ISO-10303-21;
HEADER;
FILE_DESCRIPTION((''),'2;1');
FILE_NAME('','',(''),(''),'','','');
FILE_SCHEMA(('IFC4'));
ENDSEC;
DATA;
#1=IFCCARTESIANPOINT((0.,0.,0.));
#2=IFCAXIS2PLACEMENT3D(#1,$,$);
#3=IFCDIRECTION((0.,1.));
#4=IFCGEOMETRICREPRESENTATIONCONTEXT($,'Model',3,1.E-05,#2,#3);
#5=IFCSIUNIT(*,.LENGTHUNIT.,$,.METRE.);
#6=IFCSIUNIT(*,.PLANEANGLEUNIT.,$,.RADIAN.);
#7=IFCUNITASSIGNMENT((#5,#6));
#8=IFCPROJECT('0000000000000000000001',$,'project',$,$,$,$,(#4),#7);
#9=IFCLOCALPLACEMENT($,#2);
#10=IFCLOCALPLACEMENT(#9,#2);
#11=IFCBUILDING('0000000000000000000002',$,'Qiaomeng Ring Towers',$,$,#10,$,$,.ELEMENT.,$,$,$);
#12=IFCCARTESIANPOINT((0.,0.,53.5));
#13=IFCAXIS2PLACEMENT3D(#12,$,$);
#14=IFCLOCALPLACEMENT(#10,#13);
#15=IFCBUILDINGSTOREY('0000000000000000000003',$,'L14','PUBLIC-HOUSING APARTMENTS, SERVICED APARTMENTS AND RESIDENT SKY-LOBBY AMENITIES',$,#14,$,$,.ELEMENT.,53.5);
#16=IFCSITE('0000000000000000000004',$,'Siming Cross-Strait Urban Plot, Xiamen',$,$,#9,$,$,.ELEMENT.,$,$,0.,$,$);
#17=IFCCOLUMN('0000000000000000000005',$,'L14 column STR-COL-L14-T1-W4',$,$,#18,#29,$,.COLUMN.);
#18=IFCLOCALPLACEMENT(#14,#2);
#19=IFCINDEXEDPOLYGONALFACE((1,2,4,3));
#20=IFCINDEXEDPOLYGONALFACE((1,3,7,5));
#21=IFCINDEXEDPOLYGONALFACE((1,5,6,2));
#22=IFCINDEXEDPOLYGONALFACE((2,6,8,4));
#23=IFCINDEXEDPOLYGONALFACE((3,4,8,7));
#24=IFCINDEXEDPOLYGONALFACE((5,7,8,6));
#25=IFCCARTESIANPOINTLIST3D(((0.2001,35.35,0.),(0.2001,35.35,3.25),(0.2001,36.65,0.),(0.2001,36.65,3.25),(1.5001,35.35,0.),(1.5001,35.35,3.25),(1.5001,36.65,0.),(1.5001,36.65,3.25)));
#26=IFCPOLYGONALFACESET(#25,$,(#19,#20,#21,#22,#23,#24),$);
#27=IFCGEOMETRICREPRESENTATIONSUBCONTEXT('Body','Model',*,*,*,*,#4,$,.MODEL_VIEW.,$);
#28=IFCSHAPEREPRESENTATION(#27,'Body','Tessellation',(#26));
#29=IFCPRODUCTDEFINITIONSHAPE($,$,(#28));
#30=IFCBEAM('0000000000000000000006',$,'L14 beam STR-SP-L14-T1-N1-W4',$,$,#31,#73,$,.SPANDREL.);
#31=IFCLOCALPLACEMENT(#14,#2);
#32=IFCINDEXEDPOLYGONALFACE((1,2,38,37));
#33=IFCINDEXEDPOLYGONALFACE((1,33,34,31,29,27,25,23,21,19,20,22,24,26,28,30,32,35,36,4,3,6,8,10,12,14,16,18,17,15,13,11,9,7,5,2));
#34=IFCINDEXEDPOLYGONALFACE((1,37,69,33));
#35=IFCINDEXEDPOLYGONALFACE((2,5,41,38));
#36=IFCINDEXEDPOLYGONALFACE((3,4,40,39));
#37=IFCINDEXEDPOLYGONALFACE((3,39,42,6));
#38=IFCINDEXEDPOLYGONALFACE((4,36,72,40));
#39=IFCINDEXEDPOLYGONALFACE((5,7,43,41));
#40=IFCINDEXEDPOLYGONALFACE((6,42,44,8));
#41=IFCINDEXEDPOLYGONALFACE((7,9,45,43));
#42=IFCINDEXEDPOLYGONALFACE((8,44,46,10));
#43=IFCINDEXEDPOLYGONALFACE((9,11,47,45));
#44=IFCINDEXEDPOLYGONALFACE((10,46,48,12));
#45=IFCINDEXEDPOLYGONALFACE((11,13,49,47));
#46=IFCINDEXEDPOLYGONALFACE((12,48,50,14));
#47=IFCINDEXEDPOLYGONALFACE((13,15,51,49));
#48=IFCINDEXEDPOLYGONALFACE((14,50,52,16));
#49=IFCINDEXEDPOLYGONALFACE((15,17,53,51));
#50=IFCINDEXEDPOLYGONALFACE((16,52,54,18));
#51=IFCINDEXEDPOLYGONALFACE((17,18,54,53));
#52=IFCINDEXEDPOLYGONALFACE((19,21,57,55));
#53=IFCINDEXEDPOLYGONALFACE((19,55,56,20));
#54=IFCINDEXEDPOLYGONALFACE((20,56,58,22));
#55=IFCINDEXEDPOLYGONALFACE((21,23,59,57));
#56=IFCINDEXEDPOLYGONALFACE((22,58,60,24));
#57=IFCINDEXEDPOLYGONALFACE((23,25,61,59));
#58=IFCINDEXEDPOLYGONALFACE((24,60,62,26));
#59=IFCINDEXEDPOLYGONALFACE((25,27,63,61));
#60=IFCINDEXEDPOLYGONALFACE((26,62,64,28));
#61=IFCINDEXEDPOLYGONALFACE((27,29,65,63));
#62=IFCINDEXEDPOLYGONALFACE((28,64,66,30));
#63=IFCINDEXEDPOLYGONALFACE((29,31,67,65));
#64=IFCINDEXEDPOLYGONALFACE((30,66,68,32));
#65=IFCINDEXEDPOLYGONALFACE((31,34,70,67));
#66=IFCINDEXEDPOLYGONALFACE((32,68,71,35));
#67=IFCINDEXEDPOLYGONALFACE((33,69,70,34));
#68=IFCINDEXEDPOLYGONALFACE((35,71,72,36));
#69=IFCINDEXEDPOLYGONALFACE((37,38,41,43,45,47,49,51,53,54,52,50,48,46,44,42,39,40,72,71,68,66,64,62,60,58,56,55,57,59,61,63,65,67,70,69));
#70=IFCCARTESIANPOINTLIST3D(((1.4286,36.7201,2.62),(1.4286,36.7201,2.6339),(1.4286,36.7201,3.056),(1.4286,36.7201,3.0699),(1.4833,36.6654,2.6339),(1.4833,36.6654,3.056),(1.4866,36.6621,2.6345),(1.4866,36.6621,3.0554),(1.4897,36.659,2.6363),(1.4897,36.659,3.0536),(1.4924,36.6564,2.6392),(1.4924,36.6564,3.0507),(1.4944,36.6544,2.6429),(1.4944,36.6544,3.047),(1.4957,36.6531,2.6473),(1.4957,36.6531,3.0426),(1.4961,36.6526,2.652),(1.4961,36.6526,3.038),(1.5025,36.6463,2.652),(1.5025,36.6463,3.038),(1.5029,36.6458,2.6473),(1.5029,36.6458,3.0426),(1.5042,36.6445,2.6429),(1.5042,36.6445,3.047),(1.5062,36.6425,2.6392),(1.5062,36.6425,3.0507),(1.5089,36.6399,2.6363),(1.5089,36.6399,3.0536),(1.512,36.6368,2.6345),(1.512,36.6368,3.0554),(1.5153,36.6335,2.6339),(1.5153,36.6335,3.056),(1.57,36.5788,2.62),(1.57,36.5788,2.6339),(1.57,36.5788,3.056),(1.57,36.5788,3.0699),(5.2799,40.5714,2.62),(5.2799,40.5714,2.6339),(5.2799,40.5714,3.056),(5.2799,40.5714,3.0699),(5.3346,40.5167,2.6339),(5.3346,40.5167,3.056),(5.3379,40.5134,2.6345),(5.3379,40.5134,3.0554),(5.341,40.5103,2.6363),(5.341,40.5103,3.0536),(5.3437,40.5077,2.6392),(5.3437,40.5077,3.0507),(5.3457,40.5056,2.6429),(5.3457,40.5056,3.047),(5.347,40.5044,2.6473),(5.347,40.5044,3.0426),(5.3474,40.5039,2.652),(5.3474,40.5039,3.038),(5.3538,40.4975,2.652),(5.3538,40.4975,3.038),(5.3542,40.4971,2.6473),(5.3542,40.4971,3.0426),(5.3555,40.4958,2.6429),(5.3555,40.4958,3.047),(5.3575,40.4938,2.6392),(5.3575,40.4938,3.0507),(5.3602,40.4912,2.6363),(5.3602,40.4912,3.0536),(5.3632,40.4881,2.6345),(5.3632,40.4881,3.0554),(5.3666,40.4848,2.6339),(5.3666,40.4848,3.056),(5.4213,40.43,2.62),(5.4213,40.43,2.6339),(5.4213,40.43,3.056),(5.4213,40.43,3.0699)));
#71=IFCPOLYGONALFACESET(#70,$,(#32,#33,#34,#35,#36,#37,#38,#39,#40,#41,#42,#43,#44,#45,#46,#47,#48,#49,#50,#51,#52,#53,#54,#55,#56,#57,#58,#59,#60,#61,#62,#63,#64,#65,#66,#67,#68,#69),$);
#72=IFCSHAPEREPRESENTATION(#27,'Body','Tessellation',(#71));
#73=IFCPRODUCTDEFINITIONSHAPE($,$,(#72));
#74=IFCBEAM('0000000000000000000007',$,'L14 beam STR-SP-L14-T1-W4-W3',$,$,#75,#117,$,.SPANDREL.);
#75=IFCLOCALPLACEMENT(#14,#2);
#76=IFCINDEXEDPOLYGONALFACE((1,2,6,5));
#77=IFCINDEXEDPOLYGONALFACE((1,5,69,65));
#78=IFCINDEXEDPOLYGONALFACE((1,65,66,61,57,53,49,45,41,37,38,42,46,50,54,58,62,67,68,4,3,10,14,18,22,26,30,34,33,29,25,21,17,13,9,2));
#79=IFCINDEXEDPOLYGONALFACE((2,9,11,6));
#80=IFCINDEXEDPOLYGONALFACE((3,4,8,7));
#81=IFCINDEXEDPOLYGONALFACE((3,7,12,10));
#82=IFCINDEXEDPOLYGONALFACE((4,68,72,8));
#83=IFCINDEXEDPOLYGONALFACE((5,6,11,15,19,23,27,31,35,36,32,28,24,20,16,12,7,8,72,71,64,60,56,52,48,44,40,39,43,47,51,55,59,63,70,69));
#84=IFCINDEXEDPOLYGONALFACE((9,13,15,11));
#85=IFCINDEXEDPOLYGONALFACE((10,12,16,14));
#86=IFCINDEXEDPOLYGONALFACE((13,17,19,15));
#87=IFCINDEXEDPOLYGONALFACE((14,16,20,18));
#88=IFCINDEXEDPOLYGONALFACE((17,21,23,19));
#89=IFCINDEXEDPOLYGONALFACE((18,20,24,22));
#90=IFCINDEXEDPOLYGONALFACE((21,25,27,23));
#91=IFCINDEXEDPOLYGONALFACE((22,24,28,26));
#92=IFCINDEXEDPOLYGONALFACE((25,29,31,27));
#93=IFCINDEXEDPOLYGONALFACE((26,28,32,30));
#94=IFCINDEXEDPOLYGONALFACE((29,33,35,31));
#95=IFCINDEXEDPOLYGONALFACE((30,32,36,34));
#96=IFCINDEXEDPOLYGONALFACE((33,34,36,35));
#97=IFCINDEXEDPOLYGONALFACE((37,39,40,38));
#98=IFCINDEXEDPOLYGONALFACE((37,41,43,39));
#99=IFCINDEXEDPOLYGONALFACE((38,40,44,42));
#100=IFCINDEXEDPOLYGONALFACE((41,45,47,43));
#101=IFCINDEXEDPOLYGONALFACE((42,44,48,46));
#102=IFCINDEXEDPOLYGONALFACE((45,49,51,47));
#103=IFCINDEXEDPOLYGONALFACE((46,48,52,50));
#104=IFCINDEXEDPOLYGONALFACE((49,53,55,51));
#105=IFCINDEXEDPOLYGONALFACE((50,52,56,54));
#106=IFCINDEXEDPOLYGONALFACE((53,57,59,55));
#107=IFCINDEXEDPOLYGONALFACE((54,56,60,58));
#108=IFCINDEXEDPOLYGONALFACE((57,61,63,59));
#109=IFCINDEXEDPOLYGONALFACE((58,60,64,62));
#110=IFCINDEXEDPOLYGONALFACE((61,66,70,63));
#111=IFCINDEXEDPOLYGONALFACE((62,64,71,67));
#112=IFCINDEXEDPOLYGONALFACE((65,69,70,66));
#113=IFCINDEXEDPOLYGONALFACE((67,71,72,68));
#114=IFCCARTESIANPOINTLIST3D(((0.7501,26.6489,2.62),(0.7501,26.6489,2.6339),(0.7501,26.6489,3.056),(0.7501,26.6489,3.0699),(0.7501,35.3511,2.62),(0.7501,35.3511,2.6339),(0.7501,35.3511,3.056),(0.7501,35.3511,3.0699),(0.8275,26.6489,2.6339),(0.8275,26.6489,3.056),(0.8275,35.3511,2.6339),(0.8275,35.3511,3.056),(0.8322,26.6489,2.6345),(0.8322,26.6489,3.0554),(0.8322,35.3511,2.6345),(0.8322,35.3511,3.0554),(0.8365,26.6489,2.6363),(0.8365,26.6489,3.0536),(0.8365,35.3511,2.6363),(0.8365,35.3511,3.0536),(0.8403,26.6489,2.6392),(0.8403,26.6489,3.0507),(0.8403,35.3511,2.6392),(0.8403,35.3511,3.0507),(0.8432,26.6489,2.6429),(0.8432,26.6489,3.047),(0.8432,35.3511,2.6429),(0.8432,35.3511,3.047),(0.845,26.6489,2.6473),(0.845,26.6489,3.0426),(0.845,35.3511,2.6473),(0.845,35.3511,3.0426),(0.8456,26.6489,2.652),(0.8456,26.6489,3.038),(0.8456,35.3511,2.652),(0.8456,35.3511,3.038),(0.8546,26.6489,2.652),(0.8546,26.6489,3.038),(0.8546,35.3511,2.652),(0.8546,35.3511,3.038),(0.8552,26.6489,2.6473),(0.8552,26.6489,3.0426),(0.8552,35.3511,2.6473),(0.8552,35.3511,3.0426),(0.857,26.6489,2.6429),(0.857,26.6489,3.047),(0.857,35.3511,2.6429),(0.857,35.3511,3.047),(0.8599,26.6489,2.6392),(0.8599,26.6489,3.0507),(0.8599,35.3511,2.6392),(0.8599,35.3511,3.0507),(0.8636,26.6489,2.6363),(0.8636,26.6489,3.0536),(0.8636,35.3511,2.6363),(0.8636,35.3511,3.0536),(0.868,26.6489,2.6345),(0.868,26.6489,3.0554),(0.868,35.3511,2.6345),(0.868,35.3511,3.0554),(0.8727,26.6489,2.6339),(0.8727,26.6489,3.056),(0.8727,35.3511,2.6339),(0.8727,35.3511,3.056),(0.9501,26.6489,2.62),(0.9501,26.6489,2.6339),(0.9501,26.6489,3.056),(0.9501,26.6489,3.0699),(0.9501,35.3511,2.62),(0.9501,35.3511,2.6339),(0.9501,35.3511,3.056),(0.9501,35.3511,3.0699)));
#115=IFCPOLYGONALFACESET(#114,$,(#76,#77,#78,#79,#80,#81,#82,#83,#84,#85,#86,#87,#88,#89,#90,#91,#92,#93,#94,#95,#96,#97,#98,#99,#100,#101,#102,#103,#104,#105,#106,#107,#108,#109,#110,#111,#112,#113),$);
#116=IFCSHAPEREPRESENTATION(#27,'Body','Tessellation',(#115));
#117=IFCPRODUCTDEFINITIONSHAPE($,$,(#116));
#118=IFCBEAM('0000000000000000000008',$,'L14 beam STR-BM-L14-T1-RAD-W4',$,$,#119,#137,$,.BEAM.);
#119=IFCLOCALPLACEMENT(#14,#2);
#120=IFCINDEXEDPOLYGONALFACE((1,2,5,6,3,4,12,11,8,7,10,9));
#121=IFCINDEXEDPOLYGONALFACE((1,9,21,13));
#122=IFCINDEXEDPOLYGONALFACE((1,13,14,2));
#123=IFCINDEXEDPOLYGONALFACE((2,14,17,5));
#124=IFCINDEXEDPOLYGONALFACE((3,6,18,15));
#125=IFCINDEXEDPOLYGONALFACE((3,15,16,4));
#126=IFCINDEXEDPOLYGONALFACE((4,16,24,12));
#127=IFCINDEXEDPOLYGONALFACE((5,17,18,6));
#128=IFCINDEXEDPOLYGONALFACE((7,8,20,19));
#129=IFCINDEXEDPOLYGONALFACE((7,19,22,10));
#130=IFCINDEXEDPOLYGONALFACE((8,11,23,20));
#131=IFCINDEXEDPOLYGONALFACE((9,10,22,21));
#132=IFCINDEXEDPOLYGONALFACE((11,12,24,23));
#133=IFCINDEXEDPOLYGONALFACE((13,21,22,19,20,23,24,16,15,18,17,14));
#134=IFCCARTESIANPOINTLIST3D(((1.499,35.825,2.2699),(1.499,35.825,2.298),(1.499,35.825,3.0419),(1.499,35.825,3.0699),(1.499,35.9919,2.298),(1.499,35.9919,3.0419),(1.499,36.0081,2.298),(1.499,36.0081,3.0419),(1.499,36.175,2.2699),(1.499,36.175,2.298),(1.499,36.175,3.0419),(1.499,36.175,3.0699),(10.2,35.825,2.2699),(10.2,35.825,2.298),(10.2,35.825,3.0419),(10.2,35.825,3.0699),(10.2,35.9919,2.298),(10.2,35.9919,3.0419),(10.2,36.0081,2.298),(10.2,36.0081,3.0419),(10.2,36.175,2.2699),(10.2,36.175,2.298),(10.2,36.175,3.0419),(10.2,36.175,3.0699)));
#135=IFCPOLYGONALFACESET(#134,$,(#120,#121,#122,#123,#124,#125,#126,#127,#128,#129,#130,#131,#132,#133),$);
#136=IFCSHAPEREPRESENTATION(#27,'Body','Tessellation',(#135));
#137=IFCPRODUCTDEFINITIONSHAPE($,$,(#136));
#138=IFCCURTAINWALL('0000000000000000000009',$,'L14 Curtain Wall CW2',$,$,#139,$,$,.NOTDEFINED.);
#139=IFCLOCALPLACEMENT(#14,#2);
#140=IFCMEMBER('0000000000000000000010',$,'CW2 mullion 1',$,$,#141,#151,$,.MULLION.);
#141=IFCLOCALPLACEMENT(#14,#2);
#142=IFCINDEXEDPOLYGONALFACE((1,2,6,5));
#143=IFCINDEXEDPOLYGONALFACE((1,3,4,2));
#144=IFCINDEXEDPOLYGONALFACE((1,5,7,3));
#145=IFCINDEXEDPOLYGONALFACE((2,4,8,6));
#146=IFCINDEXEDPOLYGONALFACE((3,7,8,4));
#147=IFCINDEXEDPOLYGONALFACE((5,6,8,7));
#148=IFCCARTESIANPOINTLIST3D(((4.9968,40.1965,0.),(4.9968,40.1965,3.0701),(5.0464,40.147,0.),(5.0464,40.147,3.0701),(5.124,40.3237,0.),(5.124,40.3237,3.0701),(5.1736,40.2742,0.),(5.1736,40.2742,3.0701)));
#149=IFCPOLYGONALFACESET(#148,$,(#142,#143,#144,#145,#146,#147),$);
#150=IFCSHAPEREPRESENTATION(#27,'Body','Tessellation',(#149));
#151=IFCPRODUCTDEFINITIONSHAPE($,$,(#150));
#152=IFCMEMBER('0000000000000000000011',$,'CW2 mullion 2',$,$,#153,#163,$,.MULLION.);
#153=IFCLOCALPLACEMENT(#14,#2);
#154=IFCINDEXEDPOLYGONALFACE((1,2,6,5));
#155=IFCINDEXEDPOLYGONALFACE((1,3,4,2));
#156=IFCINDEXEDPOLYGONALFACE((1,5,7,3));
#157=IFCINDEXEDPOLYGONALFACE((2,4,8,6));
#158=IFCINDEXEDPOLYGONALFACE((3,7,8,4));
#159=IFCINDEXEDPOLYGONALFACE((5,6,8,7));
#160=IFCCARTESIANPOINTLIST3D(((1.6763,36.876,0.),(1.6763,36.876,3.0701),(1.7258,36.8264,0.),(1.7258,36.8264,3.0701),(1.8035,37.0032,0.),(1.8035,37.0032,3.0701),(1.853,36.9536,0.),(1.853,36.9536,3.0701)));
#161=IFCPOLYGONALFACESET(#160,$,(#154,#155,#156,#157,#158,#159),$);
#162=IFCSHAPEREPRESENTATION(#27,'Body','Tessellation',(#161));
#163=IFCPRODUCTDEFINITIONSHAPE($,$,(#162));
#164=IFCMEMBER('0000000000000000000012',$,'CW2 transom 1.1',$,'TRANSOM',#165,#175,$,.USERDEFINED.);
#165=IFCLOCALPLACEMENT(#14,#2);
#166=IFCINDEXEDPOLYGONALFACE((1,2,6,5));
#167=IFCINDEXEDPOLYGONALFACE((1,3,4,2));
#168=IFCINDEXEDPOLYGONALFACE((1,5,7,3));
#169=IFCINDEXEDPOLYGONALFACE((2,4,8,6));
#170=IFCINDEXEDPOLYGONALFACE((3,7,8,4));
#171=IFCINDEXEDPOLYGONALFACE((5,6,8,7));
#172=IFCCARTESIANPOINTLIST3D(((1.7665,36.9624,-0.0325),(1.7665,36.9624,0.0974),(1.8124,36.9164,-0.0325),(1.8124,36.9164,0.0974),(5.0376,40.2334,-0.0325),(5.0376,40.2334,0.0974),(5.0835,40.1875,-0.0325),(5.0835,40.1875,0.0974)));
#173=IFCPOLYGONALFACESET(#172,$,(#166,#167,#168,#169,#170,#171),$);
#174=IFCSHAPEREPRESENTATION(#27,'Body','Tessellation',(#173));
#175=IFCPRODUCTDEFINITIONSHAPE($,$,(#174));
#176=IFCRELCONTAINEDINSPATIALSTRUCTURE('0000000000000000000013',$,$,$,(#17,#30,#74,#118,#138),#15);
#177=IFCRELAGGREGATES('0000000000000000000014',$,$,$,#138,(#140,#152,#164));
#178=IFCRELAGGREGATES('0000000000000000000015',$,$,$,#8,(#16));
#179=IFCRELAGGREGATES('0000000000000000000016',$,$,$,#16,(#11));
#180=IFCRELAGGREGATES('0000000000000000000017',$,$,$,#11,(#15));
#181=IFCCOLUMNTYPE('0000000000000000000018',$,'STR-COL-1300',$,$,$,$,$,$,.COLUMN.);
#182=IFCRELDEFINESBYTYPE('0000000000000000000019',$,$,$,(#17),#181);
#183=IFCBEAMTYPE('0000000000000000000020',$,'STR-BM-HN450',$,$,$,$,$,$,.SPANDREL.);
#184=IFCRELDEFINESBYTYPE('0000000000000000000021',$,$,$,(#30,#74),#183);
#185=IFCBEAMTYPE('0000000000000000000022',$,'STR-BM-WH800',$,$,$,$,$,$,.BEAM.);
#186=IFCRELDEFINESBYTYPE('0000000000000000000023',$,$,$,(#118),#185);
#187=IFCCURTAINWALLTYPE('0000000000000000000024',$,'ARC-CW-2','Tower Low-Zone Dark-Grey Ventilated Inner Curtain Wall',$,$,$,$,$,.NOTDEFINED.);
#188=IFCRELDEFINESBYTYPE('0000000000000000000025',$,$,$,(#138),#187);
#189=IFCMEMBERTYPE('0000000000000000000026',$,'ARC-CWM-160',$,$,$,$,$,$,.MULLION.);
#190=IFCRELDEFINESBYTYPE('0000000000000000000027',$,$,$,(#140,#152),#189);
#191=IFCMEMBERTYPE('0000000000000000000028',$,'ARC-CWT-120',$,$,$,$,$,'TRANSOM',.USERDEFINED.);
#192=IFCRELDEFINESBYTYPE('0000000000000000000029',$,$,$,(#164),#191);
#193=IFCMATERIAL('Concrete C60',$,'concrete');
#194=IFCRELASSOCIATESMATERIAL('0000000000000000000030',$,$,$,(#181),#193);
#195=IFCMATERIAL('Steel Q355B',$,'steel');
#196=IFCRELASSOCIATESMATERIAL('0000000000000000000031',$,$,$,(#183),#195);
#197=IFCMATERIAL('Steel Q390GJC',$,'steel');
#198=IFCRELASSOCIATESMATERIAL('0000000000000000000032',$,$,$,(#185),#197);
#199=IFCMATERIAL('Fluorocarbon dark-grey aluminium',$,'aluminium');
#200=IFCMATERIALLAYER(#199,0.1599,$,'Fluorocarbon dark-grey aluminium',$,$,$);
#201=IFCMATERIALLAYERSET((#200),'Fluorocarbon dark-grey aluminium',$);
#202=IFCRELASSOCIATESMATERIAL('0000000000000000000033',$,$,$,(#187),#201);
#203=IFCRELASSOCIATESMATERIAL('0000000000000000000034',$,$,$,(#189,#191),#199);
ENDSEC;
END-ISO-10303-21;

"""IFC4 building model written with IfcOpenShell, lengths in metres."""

from ifc_helpers import new_model, si_unit, direction, frame, origin, origin_2d, place, context, subcontext, project, spatial, rectangle, i_section, extrude, source, transform, mapped, material, layer, layer_set, material_profile, profile_set, type_object, element, aggregate, save


model = new_model("IFC4")

# Units and contexts
model_context = context("Model", 3, precision=1e-05, world=origin(), true_north=direction((0.0, 1.0)))
body_context = subcontext(model_context, "Body", "Model", "MODEL_VIEW")
ifc_project = project(units=[si_unit("LENGTHUNIT", "METRE"), si_unit("PLANEANGLEUNIT", "RADIAN")], contexts=[model_context])

# Site, building, storey
site_placement = place(None, origin())
site = spatial("IfcSite", under=ifc_project, at=site_placement, Name="Siming Cross-Strait Urban Plot, Xiamen", CompositionType="ELEMENT", RefElevation=0.0)
building_placement = place(site_placement, origin())
building = spatial("IfcBuilding", under=site, at=building_placement, Name="Qiaomeng Ring Towers", CompositionType="ELEMENT")
storey_placement = place(building_placement, frame((0.0, 0.0, 53.5)))
storey = spatial("IfcBuildingStorey", under=building, at=storey_placement, Name="L14", Description="PUBLIC-HOUSING APARTMENTS, SERVICED APARTMENTS AND RESIDENT SKY-LOBBY AMENITIES", CompositionType="ELEMENT", Elevation=53.5)

# Column
ifc_material_1 = material(Name="Concrete C60", Category="concrete")
ifc_material_profile_1 = material_profile(ifc_material_1, rectangle(XDim=1.3, YDim=1.3, at=origin_2d()), Name="RC COL 1300x1300")
ifc_profile_set_1 = profile_set([ifc_material_profile_1], Name="Concrete C60")
column_type = type_object("IfcColumnType", Name="STR-COL-1300", PredefinedType="COLUMN", material=ifc_profile_set_1)
shared_shape_1 = source(origin(), body_context, "Body", "SweptSolid", [
    extrude(rectangle(XDim=1.3, YDim=1.3, at=origin_2d()), origin(), (0.0, 0.0, 1.0), 3.25),
])
column_placement = place(storey_placement, frame((0.8501, 36.0, 0.0), z_axis=(0.0, 0.0, 1.0), x_axis=(1.0, 0.0, 0.0)))
element("IfcColumn", 1, at=column_placement, inside=storey, type_object=column_type, Name="L14 column STR-COL-L14-T1-W4", PredefinedType="COLUMN", context=body_context, shape_type="MappedRepresentation", body=[
    mapped(shared_shape_1, transform((0.0, 0.0, 0.0), x_axis=(1.0, 0.0, 0.0), y_axis=(0.0, 1.0, 0.0), z_axis=(0.0, 0.0, 1.0), scale=1.0)),
])

# Beams
ifc_material_2 = material(Name="Steel Q355B", Category="steel")
ifc_material_profile_2 = material_profile(ifc_material_2, i_section(OverallWidth=0.2, OverallDepth=0.45, WebThickness=0.009, FlangeThickness=0.0139, FilletRadius=0.0181, at=origin_2d()), Name="HN 450x200x9x14")
ifc_profile_set_2 = profile_set([ifc_material_profile_2], Name="Steel Q355B")
beam_type_1 = type_object("IfcBeamType", Name="STR-BM-HN450", PredefinedType="SPANDREL", material=ifc_profile_set_2)
shared_shape_2 = source(origin(), body_context, "Body", "SweptSolid", [
    extrude(i_section(OverallWidth=0.2, OverallDepth=0.45, WebThickness=0.009, FlangeThickness=0.0139, FilletRadius=0.0181, at=origin_2d()), origin(), (0.0, 0.0, 1.0), 5.4465),
])
beam_1_placement = place(storey_placement, frame((5.3506, 40.5007, 2.845), z_axis=(-0.707107, -0.707107, 0.0), x_axis=(0.707107, -0.707107, 0.0)))
element("IfcBeam", 2, at=beam_1_placement, inside=storey, type_object=beam_type_1, Name="L14 beam STR-SP-L14-T1-N1-W4", PredefinedType="SPANDREL", context=body_context, shape_type="MappedRepresentation", body=[
    mapped(shared_shape_2, transform((0.0, 0.0, 0.0), x_axis=(1.0, 0.0, 0.0), y_axis=(0.0, 1.0, 0.0), z_axis=(0.0, 0.0, 1.0), scale=1.0)),
])
shared_shape_3 = source(origin(), body_context, "Body", "SweptSolid", [
    extrude(i_section(OverallWidth=0.2, OverallDepth=0.45, WebThickness=0.009, FlangeThickness=0.0139, FilletRadius=0.0181, at=origin_2d()), origin(), (0.0, 0.0, 1.0), 8.7021),
])
beam_2_placement = place(storey_placement, frame((0.8501, 35.3511, 2.845), z_axis=(0.0, -1.0, 0.0), x_axis=(1.0, 0.0, 0.0)))
element("IfcBeam", 3, at=beam_2_placement, inside=storey, type_object=beam_type_1, Name="L14 beam STR-SP-L14-T1-W4-W3", PredefinedType="SPANDREL", context=body_context, shape_type="MappedRepresentation", body=[
    mapped(shared_shape_3, transform((0.0, 0.0, 0.0), x_axis=(1.0, 0.0, 0.0), y_axis=(0.0, 1.0, 0.0), z_axis=(0.0, 0.0, 1.0), scale=1.0)),
])
ifc_material_3 = material(Name="Steel Q390GJC", Category="steel")
ifc_material_profile_3 = material_profile(ifc_material_3, i_section(OverallWidth=0.3501, OverallDepth=0.8, WebThickness=0.0161, FlangeThickness=0.0281, at=origin_2d()), Name="WH 800x350x16x28")
ifc_profile_set_3 = profile_set([ifc_material_profile_3], Name="Steel Q390GJC")
beam_type_2 = type_object("IfcBeamType", Name="STR-BM-WH800", PredefinedType="BEAM", material=ifc_profile_set_3)
shared_shape_4 = source(origin(), body_context, "Body", "SweptSolid", [
    extrude(i_section(OverallWidth=0.3501, OverallDepth=0.8, WebThickness=0.0161, FlangeThickness=0.0281, at=origin_2d()), origin(), (0.0, 0.0, 1.0), 8.7009),
])
beam_3_placement = place(storey_placement, frame((1.499, 36.0, 2.6699), z_axis=(1.0, 0.0, 0.0), x_axis=(0.0, 1.0, 0.0)))
element("IfcBeam", 4, at=beam_3_placement, inside=storey, type_object=beam_type_2, Name="L14 beam STR-BM-L14-T1-RAD-W4", PredefinedType="BEAM", context=body_context, shape_type="MappedRepresentation", body=[
    mapped(shared_shape_4, transform((0.0, 0.0, 0.0), x_axis=(1.0, 0.0, 0.0), y_axis=(0.0, 1.0, 0.0), z_axis=(0.0, 0.0, 1.0), scale=1.0)),
])

# Curtain wall, members
ifc_material_4 = material(Name="Fluorocarbon dark-grey aluminium", Category="aluminium")
ifc_layer_1 = layer(ifc_material_4, 0.1599, Name="Fluorocarbon dark-grey aluminium")
ifc_layer_set_1 = layer_set([ifc_layer_1], Name="Fluorocarbon dark-grey aluminium")
curtain_wall_type = type_object("IfcCurtainWallType", Name="ARC-CW-2", Description="Tower Low-Zone Dark-Grey Ventilated Inner Curtain Wall", PredefinedType="NOTDEFINED", material=ifc_layer_set_1)
curtain_wall_placement = place(storey_placement, origin())
curtain_wall = element("IfcCurtainWall", 5, at=curtain_wall_placement, inside=storey, type_object=curtain_wall_type, Name="L14 Curtain Wall CW2", PredefinedType="NOTDEFINED")
ifc_material_profile_4 = material_profile(ifc_material_4, rectangle(XDim=0.0701, YDim=0.1799, at=origin_2d()), Name="ALU MULL 70x180")
ifc_profile_set_4 = profile_set([ifc_material_profile_4], Name="Fluorocarbon dark-grey aluminium")
member_type_1 = type_object("IfcMemberType", Name="ARC-CWM-160", PredefinedType="MULLION", material=ifc_profile_set_4)
shared_shape_5 = source(origin(), body_context, "Body", "SweptSolid", [
    extrude(rectangle(XDim=0.0701, YDim=0.1799, at=origin_2d()), origin(), (0.0, 0.0, 1.0), 3.0701),
])
member_1_placement = place(storey_placement, frame((5.0852, 40.2354, 0.0), z_axis=(0.0, 0.0, 1.0), x_axis=(0.707107, -0.707107, 0.0)))
member_1 = element("IfcMember", 6, at=member_1_placement, type_object=member_type_1, Name="CW2 mullion 1", PredefinedType="MULLION", context=body_context, shape_type="MappedRepresentation", body=[
    mapped(shared_shape_5, transform((0.0, 0.0, 0.0), x_axis=(1.0, 0.0, 0.0), y_axis=(0.0, 1.0, 0.0), z_axis=(0.0, 0.0, 1.0), scale=1.0)),
])
member_2_placement = place(storey_placement, frame((1.7646, 36.9148, 0.0), z_axis=(0.0, 0.0, 1.0), x_axis=(0.707107, -0.707107, 0.0)))
member_2 = element("IfcMember", 7, at=member_2_placement, type_object=member_type_1, Name="CW2 mullion 2", PredefinedType="MULLION", context=body_context, shape_type="MappedRepresentation", body=[
    mapped(shared_shape_5, transform((0.0, 0.0, 0.0), x_axis=(1.0, 0.0, 0.0), y_axis=(0.0, 1.0, 0.0), z_axis=(0.0, 0.0, 1.0), scale=1.0)),
])
ifc_material_profile_5 = material_profile(ifc_material_4, rectangle(XDim=0.0649, YDim=0.1299, at=origin_2d()), Name="ALU TRAN 65x130")
ifc_profile_set_5 = profile_set([ifc_material_profile_5], Name="Fluorocarbon dark-grey aluminium")
member_type_2 = type_object("IfcMemberType", Name="ARC-CWT-120", ElementType="TRANSOM", PredefinedType="USERDEFINED", material=ifc_profile_set_5)
shared_shape_6 = source(origin(), body_context, "Body", "SweptSolid", [
    extrude(rectangle(XDim=0.0649, YDim=0.1299, at=origin_2d()), origin(), (0.0, 0.0, 1.0), 4.626),
])
member_3_placement = place(storey_placement, frame((5.0605, 40.2104, 0.0325), z_axis=(-0.707107, -0.707107, 0.0), x_axis=(0.707107, -0.707107, 0.0)))
member_3 = element("IfcMember", 8, at=member_3_placement, type_object=member_type_2, Name="CW2 transom 1.1", ObjectType="TRANSOM", PredefinedType="USERDEFINED", context=body_context, shape_type="MappedRepresentation", body=[
    mapped(shared_shape_6, transform((0.0, 0.0, 0.0), x_axis=(1.0, 0.0, 0.0), y_axis=(0.0, 1.0, 0.0), z_axis=(0.0, 0.0, 1.0), scale=1.0)),
])
aggregate(curtain_wall, [member_1, member_2, member_3])

save(model, "model.ifc")
